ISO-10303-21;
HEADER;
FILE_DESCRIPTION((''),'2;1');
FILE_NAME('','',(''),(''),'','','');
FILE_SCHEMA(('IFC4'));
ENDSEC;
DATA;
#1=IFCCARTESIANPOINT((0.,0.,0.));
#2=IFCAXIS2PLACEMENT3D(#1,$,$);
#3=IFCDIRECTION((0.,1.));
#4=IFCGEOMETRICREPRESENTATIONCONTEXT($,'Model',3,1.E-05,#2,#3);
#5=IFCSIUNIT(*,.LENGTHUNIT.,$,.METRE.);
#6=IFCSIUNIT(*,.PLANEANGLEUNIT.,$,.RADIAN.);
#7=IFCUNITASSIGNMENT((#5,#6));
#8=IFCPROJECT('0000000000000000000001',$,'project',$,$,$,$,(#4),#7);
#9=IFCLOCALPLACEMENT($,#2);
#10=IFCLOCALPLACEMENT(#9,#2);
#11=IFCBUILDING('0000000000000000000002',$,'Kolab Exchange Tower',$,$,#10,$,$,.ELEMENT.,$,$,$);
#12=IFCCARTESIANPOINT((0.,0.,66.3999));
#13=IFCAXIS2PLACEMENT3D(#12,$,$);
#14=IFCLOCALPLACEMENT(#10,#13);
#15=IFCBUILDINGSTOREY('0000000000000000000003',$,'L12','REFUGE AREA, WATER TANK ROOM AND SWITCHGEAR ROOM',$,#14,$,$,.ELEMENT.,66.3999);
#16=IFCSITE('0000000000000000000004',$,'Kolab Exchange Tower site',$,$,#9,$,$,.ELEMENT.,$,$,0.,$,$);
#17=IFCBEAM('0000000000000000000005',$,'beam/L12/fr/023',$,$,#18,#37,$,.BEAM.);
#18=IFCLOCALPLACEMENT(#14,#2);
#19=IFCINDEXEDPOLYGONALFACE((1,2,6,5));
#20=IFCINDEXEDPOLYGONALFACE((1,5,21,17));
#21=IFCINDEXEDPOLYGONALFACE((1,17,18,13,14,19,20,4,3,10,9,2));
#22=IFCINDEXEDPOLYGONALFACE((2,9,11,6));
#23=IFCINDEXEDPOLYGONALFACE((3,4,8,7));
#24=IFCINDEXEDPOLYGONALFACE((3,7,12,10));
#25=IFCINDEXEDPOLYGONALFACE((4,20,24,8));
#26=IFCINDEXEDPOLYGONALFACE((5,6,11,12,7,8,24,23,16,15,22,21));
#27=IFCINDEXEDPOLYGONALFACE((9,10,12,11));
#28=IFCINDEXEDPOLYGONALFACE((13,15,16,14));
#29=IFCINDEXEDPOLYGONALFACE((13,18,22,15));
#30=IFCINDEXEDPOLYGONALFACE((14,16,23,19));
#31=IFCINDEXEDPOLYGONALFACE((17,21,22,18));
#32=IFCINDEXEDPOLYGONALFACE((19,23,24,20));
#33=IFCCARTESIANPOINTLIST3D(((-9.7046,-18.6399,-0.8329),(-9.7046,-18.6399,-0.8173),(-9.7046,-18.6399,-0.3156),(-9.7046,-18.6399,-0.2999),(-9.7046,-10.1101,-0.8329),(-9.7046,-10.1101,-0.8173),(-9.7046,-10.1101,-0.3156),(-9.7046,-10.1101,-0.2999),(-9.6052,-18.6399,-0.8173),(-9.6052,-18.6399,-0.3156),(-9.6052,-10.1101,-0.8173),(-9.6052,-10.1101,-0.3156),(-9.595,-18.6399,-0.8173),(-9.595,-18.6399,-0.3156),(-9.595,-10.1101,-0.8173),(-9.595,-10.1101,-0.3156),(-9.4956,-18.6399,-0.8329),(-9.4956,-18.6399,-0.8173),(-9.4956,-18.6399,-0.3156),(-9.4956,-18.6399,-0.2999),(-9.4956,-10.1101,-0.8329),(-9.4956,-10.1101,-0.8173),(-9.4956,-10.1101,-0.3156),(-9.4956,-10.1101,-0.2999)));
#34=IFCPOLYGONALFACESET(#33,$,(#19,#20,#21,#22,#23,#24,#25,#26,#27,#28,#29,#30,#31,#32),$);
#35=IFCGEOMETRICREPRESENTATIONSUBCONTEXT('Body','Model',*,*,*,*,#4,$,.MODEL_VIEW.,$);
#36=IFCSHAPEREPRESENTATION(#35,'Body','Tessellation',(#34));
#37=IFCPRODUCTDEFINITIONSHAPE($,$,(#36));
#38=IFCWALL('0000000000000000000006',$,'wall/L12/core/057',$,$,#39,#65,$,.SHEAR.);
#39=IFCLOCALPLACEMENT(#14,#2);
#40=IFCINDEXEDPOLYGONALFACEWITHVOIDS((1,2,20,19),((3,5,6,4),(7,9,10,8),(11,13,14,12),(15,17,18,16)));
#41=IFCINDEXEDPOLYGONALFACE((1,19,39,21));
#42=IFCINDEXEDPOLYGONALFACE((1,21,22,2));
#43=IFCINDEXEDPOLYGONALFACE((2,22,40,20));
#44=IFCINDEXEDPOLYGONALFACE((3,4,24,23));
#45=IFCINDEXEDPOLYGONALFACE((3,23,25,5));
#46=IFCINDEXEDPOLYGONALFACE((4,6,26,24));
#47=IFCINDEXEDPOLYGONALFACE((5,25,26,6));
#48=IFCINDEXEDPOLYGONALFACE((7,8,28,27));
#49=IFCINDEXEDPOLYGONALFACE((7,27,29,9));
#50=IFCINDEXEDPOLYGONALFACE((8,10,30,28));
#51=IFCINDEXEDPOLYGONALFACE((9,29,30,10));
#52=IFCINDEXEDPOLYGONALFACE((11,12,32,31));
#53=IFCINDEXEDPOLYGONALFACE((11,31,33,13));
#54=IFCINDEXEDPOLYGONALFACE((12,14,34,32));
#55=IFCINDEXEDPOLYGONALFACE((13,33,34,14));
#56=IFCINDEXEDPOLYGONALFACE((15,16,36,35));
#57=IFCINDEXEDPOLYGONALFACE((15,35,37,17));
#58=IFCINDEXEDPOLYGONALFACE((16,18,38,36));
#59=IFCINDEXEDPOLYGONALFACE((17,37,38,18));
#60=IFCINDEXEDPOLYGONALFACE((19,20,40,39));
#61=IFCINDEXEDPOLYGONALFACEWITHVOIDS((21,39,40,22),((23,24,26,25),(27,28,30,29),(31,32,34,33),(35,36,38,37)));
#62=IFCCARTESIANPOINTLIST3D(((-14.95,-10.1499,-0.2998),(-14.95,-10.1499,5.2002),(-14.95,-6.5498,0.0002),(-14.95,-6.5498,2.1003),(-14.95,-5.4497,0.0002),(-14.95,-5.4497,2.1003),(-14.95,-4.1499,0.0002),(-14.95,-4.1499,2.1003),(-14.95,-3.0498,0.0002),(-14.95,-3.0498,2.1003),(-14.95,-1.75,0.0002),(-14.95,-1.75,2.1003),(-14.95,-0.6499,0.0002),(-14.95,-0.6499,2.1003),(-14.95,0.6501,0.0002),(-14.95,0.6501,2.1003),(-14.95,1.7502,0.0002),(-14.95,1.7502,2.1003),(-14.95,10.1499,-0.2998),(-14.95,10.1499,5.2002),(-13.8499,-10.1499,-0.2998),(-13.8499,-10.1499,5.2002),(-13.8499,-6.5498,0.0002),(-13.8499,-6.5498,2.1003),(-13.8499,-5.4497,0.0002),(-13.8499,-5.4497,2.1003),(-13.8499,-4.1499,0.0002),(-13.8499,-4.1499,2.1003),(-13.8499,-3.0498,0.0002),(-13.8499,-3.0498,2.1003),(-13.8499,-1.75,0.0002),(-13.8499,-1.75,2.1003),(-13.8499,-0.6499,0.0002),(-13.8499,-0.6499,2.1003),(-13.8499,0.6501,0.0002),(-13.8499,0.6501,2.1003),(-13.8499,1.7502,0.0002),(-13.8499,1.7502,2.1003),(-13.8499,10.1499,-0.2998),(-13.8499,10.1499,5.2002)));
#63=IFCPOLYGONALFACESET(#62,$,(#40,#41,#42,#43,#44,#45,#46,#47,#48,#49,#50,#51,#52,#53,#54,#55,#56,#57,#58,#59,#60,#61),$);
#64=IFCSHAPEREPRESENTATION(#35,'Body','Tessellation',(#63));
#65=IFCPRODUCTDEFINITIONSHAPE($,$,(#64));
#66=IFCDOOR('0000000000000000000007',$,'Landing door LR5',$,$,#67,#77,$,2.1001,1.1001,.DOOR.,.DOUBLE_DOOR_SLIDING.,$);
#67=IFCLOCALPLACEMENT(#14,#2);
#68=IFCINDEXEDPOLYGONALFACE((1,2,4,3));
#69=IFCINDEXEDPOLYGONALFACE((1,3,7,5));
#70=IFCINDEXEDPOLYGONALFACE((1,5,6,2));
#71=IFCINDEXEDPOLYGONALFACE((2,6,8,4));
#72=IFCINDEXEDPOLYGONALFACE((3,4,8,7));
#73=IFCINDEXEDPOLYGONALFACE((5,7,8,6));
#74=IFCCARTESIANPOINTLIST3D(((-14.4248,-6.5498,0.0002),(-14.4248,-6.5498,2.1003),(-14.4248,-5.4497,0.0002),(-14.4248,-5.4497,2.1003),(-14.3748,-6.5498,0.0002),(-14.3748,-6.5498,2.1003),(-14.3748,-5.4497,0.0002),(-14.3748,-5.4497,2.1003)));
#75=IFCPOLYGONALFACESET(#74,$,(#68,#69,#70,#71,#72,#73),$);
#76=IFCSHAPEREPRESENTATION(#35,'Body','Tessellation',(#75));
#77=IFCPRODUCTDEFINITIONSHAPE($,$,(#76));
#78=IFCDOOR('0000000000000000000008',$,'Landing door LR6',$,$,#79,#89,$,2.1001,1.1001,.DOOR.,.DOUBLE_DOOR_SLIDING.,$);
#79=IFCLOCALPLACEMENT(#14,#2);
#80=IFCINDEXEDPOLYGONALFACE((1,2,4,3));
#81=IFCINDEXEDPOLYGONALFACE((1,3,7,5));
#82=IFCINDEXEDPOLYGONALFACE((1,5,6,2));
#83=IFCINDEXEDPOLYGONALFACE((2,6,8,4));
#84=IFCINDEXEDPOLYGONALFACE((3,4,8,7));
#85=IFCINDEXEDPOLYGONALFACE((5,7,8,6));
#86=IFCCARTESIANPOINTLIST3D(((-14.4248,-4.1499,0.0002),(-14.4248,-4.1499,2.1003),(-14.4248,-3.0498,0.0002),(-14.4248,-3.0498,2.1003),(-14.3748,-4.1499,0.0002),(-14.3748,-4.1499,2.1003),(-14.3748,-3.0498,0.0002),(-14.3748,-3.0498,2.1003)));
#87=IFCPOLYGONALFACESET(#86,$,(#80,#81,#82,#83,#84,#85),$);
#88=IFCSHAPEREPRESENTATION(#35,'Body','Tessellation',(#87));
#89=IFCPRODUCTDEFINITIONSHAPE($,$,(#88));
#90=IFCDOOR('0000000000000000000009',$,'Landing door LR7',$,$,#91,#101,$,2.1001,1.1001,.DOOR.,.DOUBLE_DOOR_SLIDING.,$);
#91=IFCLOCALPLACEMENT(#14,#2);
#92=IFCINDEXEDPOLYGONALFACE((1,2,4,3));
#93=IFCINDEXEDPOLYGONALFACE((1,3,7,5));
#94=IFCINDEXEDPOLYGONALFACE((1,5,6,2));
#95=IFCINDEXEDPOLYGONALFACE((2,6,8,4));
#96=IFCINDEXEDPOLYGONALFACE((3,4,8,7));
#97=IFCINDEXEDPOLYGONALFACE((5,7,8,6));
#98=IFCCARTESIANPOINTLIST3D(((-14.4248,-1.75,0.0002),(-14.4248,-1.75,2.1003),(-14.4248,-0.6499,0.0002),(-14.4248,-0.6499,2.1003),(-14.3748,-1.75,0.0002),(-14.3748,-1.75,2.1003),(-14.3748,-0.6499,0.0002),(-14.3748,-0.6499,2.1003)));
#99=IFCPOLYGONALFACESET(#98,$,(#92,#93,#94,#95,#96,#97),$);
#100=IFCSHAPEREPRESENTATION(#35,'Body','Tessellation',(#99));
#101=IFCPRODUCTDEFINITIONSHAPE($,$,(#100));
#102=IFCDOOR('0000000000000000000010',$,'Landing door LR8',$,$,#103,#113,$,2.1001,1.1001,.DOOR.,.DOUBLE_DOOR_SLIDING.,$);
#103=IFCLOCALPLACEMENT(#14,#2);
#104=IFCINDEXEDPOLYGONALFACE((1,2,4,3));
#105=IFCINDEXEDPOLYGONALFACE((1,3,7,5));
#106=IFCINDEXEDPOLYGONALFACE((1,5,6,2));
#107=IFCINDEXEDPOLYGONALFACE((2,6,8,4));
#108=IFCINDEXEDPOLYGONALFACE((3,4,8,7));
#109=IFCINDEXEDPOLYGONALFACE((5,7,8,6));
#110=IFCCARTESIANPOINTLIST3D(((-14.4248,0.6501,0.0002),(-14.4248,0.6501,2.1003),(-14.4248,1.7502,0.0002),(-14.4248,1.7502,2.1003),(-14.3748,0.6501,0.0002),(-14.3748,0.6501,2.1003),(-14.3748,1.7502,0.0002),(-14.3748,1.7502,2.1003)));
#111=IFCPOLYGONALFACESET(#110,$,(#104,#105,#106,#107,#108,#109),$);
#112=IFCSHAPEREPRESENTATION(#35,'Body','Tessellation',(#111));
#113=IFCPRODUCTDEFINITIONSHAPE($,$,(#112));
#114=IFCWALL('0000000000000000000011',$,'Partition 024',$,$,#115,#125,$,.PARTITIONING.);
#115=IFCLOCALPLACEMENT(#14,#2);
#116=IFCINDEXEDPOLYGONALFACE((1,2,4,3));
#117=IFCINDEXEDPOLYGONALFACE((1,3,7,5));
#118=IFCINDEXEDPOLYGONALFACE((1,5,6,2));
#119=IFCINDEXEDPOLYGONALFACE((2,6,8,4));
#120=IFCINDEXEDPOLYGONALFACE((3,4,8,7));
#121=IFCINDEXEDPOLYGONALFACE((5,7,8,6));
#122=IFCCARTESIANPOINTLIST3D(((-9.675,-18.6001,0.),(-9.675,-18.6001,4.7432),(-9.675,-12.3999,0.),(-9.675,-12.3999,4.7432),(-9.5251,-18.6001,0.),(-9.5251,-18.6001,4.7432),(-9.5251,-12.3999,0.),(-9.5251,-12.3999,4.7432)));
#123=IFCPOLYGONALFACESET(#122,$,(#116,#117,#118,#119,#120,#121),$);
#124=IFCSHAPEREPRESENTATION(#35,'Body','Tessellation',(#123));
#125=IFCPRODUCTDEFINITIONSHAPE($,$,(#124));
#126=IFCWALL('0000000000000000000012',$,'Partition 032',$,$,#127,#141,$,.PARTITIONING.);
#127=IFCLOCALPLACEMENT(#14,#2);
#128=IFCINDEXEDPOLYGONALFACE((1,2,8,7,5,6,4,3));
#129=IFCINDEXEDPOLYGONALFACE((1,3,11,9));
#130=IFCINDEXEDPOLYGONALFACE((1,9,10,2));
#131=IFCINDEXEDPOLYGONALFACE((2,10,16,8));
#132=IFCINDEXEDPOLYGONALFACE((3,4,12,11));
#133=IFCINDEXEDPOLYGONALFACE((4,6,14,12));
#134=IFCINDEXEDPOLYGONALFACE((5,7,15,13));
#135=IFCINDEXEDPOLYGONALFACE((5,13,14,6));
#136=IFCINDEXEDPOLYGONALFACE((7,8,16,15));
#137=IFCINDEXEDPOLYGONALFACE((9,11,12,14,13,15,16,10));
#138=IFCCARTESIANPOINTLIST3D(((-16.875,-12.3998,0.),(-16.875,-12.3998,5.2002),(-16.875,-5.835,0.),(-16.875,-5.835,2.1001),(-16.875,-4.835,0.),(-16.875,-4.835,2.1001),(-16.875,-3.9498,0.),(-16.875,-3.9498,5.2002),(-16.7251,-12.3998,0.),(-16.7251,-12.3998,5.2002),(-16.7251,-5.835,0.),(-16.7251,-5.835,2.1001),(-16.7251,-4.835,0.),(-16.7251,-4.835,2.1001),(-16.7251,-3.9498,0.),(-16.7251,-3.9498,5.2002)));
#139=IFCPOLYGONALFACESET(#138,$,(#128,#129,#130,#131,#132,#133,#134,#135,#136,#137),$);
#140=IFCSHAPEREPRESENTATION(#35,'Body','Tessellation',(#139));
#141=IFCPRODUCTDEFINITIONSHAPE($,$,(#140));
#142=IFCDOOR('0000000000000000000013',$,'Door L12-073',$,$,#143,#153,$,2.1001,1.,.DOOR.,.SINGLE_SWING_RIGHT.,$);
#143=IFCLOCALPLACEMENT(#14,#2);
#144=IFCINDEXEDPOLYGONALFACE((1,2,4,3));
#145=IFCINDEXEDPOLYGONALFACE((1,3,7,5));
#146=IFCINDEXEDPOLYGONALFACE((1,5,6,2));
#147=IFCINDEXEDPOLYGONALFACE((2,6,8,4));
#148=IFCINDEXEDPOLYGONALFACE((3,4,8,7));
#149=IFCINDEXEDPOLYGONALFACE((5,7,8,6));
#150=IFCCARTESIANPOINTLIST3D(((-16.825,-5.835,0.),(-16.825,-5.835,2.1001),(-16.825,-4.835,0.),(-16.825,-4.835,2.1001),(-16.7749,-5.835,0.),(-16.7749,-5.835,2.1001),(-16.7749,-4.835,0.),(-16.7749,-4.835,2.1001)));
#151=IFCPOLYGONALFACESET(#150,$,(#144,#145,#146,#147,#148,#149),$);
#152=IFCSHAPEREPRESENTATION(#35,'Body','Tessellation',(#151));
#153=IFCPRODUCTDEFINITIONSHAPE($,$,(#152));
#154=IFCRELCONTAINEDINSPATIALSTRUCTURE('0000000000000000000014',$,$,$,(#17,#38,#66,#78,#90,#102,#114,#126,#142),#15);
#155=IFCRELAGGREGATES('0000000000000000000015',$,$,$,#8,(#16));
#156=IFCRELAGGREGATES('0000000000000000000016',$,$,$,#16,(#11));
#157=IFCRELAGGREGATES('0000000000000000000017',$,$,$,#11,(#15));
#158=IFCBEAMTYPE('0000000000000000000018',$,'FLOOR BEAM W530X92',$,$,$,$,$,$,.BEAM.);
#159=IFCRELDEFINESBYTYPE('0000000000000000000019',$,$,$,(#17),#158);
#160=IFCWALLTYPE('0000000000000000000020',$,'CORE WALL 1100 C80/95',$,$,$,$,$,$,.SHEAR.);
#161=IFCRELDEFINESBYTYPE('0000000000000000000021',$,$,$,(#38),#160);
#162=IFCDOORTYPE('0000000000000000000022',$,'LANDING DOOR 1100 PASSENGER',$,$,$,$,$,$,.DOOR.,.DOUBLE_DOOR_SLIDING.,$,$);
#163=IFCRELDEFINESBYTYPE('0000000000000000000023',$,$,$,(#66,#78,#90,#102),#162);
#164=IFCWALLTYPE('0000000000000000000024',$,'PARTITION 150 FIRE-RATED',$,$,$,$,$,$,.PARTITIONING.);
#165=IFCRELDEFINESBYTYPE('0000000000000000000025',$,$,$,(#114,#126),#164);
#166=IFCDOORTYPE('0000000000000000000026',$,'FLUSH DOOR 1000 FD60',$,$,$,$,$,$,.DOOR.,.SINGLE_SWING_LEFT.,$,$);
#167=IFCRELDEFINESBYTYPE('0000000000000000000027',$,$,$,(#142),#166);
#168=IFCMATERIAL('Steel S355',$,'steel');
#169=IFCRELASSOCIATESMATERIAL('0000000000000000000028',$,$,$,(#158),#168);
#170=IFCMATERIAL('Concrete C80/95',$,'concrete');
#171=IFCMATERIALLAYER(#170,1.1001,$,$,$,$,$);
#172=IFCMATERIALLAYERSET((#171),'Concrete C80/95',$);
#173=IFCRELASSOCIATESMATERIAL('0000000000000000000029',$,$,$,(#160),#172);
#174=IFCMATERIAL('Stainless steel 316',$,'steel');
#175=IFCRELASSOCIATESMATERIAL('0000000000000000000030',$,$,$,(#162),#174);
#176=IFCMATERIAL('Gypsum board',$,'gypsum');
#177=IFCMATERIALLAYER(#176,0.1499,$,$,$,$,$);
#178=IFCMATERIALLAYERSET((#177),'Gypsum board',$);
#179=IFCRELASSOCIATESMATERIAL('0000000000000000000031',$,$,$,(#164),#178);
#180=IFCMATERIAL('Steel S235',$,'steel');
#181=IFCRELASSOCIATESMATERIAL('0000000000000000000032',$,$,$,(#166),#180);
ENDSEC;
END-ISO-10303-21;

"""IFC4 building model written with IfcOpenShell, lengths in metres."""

from ifc_helpers import new_model, si_unit, direction, frame, frame_2d, origin, origin_2d, place, context, subcontext, project, spatial, rectangle, i_section, extrude, material, layer, layer_set, material_profile, profile_set, type_object, element, fill, save


model = new_model("IFC4")

# Units and contexts
model_context = context("Model", 3, precision=1e-05, world=origin(), true_north=direction((0.0, 1.0)))
body_context = subcontext(model_context, "Body", "Model", "MODEL_VIEW")
ifc_project = project(units=[si_unit("LENGTHUNIT", "METRE"), si_unit("PLANEANGLEUNIT", "RADIAN")], contexts=[model_context])

# Site, building, storey
site_placement = place(None, origin())
site = spatial("IfcSite", under=ifc_project, at=site_placement, Name="Kolab Exchange Tower site", CompositionType="ELEMENT", RefElevation=0.0)
building_placement = place(site_placement, origin())
building = spatial("IfcBuilding", under=site, at=building_placement, Name="Kolab Exchange Tower", CompositionType="ELEMENT")
storey_placement = place(building_placement, frame((0.0, 0.0, 66.3999)))
storey = spatial("IfcBuildingStorey", under=building, at=storey_placement, Name="L12", Description="REFUGE AREA, WATER TANK ROOM AND SWITCHGEAR ROOM", CompositionType="ELEMENT", Elevation=66.3999)

# Beam
ifc_material_1 = material(Name="Steel S355", Category="steel")
ifc_material_profile = material_profile(ifc_material_1, i_section(OverallWidth=0.209, OverallDepth=0.533, WebThickness=0.0103, FlangeThickness=0.0156, at=origin_2d()), Name="W530X92")
ifc_profile_set = profile_set([ifc_material_profile], Name="Steel S355")
beam_type = type_object("IfcBeamType", Name="FLOOR BEAM W530X92", PredefinedType="BEAM", material=ifc_profile_set)
beam_placement = place(storey_placement, frame((-9.6001, -18.6399, -0.5664), z_axis=(0.0, 1.0, 0.0), x_axis=(-1.0, 0.0, 0.0)))
element("IfcBeam", 1, at=beam_placement, inside=storey, type_object=beam_type, Name="beam/L12/fr/023", PredefinedType="BEAM", context=body_context, shape_type="SweptSolid", body=[
    extrude(i_section(OverallWidth=0.209, OverallDepth=0.533, WebThickness=0.0103, FlangeThickness=0.0156, at=origin_2d()), origin(), (0.0, 0.0, 1.0), 8.5298),
])

# Wall, openings, doors
ifc_material_2 = material(Name="Concrete C80/95", Category="concrete")
ifc_layer_1 = layer(ifc_material_2, 1.1001)
ifc_layer_set_1 = layer_set([ifc_layer_1], Name="Concrete C80/95")
wall_type_1 = type_object("IfcWallType", Name="CORE WALL 1100 C80/95", PredefinedType="SHEAR", material=ifc_layer_set_1)
wall_1_placement = place(storey_placement, frame((-14.3999, -10.1499, -0.2998), z_axis=(0.0, 0.0, 1.0), x_axis=(0.0, 1.0, 0.0)))
wall_1 = element("IfcWall", 2, at=wall_1_placement, inside=storey, type_object=wall_type_1, Name="wall/L12/core/057", PredefinedType="SHEAR", context=body_context, shape_type="SweptSolid", body=[
    extrude(rectangle(XDim=20.2998, YDim=1.1001, at=frame_2d((10.1499, 0.0))), origin(), (0.0, 0.0, 1.0), 5.5),
])
opening_1_placement = place(wall_1_placement, frame((3.6001, 0.0, 0.3)))
opening_1 = element("IfcOpeningElement", 3, at=opening_1_placement, cuts=wall_1, PredefinedType="OPENING", context=body_context, shape_type="SweptSolid", body=[
    extrude(rectangle(XDim=1.1001, YDim=2.1001, at=frame_2d((0.55, 1.05))), frame((0.0, 0.5601, 0.0), z_axis=(0.0, -1.0, 0.0), x_axis=(1.0, 0.0, 0.0)), (0.0, 0.0, 1.0), 1.1201),
])
opening_2_placement = place(wall_1_placement, frame((6.0, 0.0, 0.3)))
opening_2 = element("IfcOpeningElement", 4, at=opening_2_placement, cuts=wall_1, PredefinedType="OPENING", context=body_context, shape_type="SweptSolid", body=[
    extrude(rectangle(XDim=1.1001, YDim=2.1001, at=frame_2d((0.55, 1.05))), frame((0.0, 0.5601, 0.0), z_axis=(0.0, -1.0, 0.0), x_axis=(1.0, 0.0, 0.0)), (0.0, 0.0, 1.0), 1.1201),
])
opening_3_placement = place(wall_1_placement, frame((8.3999, 0.0, 0.3)))
opening_3 = element("IfcOpeningElement", 5, at=opening_3_placement, cuts=wall_1, PredefinedType="OPENING", context=body_context, shape_type="SweptSolid", body=[
    extrude(rectangle(XDim=1.1001, YDim=2.1001, at=frame_2d((0.55, 1.05))), frame((0.0, 0.5601, 0.0), z_axis=(0.0, -1.0, 0.0), x_axis=(1.0, 0.0, 0.0)), (0.0, 0.0, 1.0), 1.1201),
])
opening_4_placement = place(wall_1_placement, frame((10.8, 0.0, 0.3)))
opening_4 = element("IfcOpeningElement", 6, at=opening_4_placement, cuts=wall_1, PredefinedType="OPENING", context=body_context, shape_type="SweptSolid", body=[
    extrude(rectangle(XDim=1.1001, YDim=2.1001, at=frame_2d((0.55, 1.05))), frame((0.0, 0.5601, 0.0), z_axis=(0.0, -1.0, 0.0), x_axis=(1.0, 0.0, 0.0)), (0.0, 0.0, 1.0), 1.1201),
])
ifc_material_3 = material(Name="Stainless steel 316", Category="steel")
door_type_1 = type_object("IfcDoorType", Name="LANDING DOOR 1100 PASSENGER", OperationType="DOUBLE_DOOR_SLIDING", PredefinedType="DOOR", material=ifc_material_3)
door_1_placement = place(opening_1_placement, origin())
door_1 = element("IfcDoor", 7, at=door_1_placement, inside=storey, type_object=door_type_1, Name="Landing door LR5", OperationType="DOUBLE_DOOR_SLIDING", OverallHeight=2.1001, OverallWidth=1.1001, PredefinedType="DOOR", context=body_context, shape_type="SweptSolid", body=[
    extrude(rectangle(XDim=1.1001, YDim=2.1001, at=frame_2d((0.55, 1.05))), frame((0.0, 0.0249, 0.0), z_axis=(0.0, -1.0, 0.0), x_axis=(1.0, 0.0, 0.0)), (0.0, 0.0, 1.0), 0.05),
])
fill(opening_1, door_1)
door_2_placement = place(opening_2_placement, origin())
door_2 = element("IfcDoor", 8, at=door_2_placement, inside=storey, type_object=door_type_1, Name="Landing door LR6", OperationType="DOUBLE_DOOR_SLIDING", OverallHeight=2.1001, OverallWidth=1.1001, PredefinedType="DOOR", context=body_context, shape_type="SweptSolid", body=[
    extrude(rectangle(XDim=1.1001, YDim=2.1001, at=frame_2d((0.55, 1.05))), frame((0.0, 0.0249, 0.0), z_axis=(0.0, -1.0, 0.0), x_axis=(1.0, 0.0, 0.0)), (0.0, 0.0, 1.0), 0.05),
])
fill(opening_2, door_2)
door_3_placement = place(opening_3_placement, origin())
door_3 = element("IfcDoor", 9, at=door_3_placement, inside=storey, type_object=door_type_1, Name="Landing door LR7", OperationType="DOUBLE_DOOR_SLIDING", OverallHeight=2.1001, OverallWidth=1.1001, PredefinedType="DOOR", context=body_context, shape_type="SweptSolid", body=[
    extrude(rectangle(XDim=1.1001, YDim=2.1001, at=frame_2d((0.55, 1.05))), frame((0.0, 0.0249, 0.0), z_axis=(0.0, -1.0, 0.0), x_axis=(1.0, 0.0, 0.0)), (0.0, 0.0, 1.0), 0.05),
])
fill(opening_3, door_3)
door_4_placement = place(opening_4_placement, origin())
door_4 = element("IfcDoor", 10, at=door_4_placement, inside=storey, type_object=door_type_1, Name="Landing door LR8", OperationType="DOUBLE_DOOR_SLIDING", OverallHeight=2.1001, OverallWidth=1.1001, PredefinedType="DOOR", context=body_context, shape_type="SweptSolid", body=[
    extrude(rectangle(XDim=1.1001, YDim=2.1001, at=frame_2d((0.55, 1.05))), frame((0.0, 0.0249, 0.0), z_axis=(0.0, -1.0, 0.0), x_axis=(1.0, 0.0, 0.0)), (0.0, 0.0, 1.0), 0.05),
])
fill(opening_4, door_4)

# Wall
ifc_material_4 = material(Name="Gypsum board", Category="gypsum")
ifc_layer_2 = layer(ifc_material_4, 0.1499)
ifc_layer_set_2 = layer_set([ifc_layer_2], Name="Gypsum board")
wall_type_2 = type_object("IfcWallType", Name="PARTITION 150 FIRE-RATED", PredefinedType="PARTITIONING", material=ifc_layer_set_2)
wall_2_placement = place(storey_placement, frame((-9.6001, -18.6001, 0.0), z_axis=(0.0, 0.0, 1.0), x_axis=(0.0, 1.0, 0.0)))
element("IfcWall", 11, at=wall_2_placement, inside=storey, type_object=wall_type_2, Name="Partition 024", PredefinedType="PARTITIONING", context=body_context, shape_type="SweptSolid", body=[
    extrude(rectangle(XDim=6.2002, YDim=0.1499, at=frame_2d((3.1001, 0.0))), origin(), (0.0, 0.0, 1.0), 4.7432),
])

# Wall, opening, door
wall_3_placement = place(storey_placement, frame((-16.8, -12.3999, 0.0), z_axis=(0.0, 0.0, 1.0), x_axis=(0.0, 1.0, 0.0)))
wall_3 = element("IfcWall", 12, at=wall_3_placement, inside=storey, type_object=wall_type_2, Name="Partition 032", PredefinedType="PARTITIONING", context=body_context, shape_type="SweptSolid", body=[
    extrude(rectangle(XDim=8.45, YDim=0.1499, at=frame_2d((4.2251, 0.0))), origin(), (0.0, 0.0, 1.0), 5.2002),
])
opening_5_placement = place(wall_3_placement, frame((6.5649, 0.0, 0.0)))
opening_5 = element("IfcOpeningElement", 13, at=opening_5_placement, cuts=wall_3, PredefinedType="OPENING", context=body_context, shape_type="SweptSolid", body=[
    extrude(rectangle(XDim=1.0, YDim=2.1001, at=frame_2d((0.5, 1.05))), frame((0.0, 0.085, 0.0), z_axis=(0.0, -1.0, 0.0), x_axis=(1.0, 0.0, 0.0)), (0.0, 0.0, 1.0), 0.1699),
])
ifc_material_5 = material(Name="Steel S235", Category="steel")
door_type_2 = type_object("IfcDoorType", Name="FLUSH DOOR 1000 FD60", OperationType="SINGLE_SWING_LEFT", PredefinedType="DOOR", material=ifc_material_5)
door_5_placement = place(opening_5_placement, origin())
door_5 = element("IfcDoor", 14, at=door_5_placement, inside=storey, type_object=door_type_2, Name="Door L12-073", OperationType="SINGLE_SWING_RIGHT", OverallHeight=2.1001, OverallWidth=1.0, PredefinedType="DOOR", context=body_context, shape_type="SweptSolid", body=[
    extrude(rectangle(XDim=1.0, YDim=2.1001, at=frame_2d((0.5, 1.05))), frame((0.0, 0.0249, 0.0), z_axis=(0.0, -1.0, 0.0), x_axis=(1.0, 0.0, 0.0)), (0.0, 0.0, 1.0), 0.05),
])
fill(opening_5, door_5)

save(model, "model.ifc")
